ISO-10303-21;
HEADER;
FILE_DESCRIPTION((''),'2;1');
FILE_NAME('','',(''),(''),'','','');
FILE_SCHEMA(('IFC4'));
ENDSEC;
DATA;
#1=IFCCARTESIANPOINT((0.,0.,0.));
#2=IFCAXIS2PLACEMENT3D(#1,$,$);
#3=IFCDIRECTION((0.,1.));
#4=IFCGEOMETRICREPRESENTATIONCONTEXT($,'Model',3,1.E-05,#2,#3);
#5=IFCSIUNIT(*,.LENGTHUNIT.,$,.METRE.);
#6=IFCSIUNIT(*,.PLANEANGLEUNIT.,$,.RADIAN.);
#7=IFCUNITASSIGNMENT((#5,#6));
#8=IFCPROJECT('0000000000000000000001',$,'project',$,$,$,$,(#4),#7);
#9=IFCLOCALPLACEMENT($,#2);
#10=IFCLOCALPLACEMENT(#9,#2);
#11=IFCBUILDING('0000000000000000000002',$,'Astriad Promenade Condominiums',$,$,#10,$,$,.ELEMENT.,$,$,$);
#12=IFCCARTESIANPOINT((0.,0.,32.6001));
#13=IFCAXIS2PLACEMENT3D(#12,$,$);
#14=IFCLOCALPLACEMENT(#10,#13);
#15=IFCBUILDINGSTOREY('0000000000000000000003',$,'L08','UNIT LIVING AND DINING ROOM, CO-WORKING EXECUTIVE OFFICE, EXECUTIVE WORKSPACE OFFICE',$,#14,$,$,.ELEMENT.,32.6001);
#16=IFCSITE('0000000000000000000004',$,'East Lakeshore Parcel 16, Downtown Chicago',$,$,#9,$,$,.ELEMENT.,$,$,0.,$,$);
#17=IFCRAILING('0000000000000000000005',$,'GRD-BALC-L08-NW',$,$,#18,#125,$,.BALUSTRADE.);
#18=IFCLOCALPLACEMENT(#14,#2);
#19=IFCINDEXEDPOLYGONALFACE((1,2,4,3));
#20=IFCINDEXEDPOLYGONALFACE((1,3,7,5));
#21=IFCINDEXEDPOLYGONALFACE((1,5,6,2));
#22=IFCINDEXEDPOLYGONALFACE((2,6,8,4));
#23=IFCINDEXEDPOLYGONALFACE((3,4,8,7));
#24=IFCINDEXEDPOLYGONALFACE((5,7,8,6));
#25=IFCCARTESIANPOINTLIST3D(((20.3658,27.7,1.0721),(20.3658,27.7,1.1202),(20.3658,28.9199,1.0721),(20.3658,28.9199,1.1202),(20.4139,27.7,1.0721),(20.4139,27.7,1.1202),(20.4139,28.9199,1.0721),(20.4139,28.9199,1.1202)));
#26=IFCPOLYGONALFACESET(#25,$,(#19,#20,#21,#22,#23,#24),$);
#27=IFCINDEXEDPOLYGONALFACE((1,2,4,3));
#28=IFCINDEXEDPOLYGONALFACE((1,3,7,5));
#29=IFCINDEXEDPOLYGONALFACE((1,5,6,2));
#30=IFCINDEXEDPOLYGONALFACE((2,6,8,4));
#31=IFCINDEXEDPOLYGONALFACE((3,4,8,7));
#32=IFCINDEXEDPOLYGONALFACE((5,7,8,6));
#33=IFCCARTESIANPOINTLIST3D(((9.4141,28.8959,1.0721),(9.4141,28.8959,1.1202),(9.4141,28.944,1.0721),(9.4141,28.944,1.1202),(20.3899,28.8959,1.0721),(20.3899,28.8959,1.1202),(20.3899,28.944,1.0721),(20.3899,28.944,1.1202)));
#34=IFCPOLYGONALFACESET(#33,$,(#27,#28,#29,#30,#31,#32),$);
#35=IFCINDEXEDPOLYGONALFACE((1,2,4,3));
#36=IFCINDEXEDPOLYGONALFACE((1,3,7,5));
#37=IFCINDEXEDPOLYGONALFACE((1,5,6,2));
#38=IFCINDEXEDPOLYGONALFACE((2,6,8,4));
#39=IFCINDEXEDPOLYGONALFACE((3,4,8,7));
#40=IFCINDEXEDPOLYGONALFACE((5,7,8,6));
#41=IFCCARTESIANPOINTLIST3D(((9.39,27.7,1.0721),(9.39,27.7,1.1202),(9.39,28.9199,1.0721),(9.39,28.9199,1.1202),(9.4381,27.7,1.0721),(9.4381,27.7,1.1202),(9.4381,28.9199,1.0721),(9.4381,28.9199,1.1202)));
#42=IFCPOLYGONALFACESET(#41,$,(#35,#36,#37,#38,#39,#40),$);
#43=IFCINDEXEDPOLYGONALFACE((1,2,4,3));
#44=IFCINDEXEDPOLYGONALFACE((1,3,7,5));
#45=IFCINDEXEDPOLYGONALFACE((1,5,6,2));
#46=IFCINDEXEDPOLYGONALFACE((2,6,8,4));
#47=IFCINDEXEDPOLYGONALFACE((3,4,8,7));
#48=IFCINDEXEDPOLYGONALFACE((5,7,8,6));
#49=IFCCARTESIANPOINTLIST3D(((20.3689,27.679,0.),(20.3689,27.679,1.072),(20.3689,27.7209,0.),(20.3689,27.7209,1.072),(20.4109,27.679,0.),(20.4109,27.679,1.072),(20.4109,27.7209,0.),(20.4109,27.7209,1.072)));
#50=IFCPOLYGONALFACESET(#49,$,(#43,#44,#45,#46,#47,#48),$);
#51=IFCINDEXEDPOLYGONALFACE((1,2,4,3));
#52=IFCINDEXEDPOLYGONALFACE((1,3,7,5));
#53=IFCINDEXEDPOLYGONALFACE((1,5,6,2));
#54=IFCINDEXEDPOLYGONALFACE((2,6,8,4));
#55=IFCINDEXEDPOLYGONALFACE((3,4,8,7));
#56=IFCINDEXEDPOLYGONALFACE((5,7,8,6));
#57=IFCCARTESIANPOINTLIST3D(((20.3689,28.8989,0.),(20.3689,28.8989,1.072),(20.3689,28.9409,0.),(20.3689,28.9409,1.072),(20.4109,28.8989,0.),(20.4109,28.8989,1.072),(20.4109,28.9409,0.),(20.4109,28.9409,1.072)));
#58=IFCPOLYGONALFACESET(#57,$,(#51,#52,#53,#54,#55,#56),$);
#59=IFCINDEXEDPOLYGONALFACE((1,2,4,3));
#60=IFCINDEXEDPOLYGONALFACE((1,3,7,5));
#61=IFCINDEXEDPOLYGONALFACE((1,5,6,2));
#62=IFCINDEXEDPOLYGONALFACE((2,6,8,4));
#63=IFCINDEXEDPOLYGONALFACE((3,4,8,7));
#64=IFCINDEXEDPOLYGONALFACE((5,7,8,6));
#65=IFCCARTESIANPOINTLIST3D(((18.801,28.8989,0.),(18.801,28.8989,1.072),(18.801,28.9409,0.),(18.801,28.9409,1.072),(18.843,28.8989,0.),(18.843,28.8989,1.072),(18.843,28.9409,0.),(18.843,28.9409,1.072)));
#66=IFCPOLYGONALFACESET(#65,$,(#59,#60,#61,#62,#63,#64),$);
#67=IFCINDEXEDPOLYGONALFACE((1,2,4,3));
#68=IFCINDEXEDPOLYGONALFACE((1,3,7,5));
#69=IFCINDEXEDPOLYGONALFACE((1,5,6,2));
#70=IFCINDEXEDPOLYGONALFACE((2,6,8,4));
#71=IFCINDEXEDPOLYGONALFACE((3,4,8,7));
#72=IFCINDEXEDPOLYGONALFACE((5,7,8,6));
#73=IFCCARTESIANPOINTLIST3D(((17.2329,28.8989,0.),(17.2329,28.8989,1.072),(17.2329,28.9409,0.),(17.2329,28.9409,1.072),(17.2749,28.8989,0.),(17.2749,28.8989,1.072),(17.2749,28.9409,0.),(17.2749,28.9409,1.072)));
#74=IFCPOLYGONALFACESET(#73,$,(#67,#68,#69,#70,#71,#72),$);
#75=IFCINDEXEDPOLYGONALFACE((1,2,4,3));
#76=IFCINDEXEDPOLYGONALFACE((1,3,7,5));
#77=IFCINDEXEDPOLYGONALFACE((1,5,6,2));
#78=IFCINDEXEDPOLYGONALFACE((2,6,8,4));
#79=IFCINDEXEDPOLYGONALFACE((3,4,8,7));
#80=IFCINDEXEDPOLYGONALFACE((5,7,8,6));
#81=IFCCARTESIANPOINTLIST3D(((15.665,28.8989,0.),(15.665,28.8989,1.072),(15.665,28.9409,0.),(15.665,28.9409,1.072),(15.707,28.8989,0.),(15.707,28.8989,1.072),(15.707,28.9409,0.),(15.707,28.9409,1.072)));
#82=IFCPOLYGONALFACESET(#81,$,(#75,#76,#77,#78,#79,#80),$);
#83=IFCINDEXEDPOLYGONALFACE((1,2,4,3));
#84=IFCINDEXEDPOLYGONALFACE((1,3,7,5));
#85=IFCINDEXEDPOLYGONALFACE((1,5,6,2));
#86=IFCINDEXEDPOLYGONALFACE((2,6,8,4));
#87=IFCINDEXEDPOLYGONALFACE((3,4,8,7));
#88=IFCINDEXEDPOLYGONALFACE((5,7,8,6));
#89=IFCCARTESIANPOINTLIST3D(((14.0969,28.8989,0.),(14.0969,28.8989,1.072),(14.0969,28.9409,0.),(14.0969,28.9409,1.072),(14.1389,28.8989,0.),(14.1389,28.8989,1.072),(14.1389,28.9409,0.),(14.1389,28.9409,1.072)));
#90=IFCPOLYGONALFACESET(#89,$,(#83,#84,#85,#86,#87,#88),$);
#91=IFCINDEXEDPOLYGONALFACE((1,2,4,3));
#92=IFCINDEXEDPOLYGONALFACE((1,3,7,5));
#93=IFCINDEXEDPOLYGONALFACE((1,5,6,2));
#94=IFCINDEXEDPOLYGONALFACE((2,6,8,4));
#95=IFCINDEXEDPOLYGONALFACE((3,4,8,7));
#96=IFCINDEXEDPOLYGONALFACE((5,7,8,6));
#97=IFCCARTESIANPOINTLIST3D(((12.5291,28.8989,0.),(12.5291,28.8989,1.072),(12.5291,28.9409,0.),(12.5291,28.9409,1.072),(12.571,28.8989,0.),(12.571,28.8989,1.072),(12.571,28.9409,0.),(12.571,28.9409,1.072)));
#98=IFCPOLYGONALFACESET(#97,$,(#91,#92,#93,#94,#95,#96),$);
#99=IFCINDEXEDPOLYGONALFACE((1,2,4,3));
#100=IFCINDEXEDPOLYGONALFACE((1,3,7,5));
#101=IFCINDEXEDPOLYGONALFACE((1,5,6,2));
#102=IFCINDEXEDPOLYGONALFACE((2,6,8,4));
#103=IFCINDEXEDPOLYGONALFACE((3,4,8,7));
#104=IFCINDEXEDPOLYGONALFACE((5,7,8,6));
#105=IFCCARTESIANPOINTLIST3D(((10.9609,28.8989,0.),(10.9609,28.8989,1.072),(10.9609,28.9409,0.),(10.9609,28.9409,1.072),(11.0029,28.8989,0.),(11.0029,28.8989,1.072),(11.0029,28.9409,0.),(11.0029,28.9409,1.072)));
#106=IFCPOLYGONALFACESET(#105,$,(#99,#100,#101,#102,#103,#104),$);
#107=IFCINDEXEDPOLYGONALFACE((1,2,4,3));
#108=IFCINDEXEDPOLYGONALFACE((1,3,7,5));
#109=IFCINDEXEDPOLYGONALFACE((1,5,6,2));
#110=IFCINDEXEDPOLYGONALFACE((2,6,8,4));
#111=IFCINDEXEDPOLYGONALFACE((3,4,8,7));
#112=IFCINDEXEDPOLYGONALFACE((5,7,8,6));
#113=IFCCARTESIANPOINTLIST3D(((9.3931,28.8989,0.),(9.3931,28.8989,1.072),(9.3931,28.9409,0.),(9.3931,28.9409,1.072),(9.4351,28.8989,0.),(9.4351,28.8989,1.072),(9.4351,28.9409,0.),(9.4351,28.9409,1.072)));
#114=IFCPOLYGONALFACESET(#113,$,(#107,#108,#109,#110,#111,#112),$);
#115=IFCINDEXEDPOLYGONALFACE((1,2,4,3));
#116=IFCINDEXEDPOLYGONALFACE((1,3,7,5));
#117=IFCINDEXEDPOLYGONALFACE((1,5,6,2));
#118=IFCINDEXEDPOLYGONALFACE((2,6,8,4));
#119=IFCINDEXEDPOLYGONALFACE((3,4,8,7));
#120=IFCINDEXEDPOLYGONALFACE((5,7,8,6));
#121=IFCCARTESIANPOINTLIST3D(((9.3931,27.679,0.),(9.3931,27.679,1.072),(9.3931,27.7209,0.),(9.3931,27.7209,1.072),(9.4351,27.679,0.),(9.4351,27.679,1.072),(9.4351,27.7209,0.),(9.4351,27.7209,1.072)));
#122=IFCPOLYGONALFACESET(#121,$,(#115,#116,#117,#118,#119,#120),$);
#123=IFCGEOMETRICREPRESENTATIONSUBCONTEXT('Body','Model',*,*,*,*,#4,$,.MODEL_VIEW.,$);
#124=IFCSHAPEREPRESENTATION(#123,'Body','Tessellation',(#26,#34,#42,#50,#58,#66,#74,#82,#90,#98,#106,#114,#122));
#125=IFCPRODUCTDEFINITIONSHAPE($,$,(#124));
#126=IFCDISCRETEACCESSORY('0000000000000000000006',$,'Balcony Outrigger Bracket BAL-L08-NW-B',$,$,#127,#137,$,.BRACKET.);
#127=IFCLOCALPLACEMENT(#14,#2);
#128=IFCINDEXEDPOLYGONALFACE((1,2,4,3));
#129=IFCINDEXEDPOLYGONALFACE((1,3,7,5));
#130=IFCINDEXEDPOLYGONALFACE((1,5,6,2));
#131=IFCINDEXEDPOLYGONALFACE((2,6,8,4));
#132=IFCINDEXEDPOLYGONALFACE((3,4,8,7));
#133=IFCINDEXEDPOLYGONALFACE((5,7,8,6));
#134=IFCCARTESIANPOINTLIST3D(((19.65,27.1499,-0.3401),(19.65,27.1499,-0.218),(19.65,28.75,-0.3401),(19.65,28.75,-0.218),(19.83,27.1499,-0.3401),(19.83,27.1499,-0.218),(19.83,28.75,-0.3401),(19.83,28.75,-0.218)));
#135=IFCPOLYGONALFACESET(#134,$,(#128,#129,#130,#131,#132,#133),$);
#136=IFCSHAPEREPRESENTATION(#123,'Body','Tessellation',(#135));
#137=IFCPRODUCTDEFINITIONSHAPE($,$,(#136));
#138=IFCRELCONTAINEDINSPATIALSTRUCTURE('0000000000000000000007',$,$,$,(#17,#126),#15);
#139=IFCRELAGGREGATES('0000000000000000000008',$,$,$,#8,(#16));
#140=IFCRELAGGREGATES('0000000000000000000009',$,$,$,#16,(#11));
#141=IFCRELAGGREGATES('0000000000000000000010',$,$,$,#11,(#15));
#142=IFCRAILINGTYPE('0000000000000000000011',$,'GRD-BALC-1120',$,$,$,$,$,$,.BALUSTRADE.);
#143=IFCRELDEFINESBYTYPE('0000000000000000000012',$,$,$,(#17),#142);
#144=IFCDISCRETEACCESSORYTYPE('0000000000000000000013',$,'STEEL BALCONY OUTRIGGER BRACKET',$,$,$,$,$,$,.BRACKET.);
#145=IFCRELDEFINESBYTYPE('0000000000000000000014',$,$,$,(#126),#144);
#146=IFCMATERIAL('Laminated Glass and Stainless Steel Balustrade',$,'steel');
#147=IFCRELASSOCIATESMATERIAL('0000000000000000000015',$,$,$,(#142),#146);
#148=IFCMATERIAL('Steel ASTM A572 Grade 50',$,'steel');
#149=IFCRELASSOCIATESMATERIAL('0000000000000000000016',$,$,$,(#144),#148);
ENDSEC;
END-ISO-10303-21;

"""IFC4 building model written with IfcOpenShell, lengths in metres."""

from ifc_helpers import new_model, si_unit, direction, frame, origin, origin_2d, place, context, subcontext, project, spatial, rectangle, extrude, source, transform, mapped, material, type_object, type_shapes, element, save


model = new_model("IFC4")

# Units and contexts
model_context = context("Model", 3, precision=1e-05, world=origin(), true_north=direction((0.0, 1.0)))
body_context = subcontext(model_context, "Body", "Model", "MODEL_VIEW")
ifc_project = project(units=[si_unit("LENGTHUNIT", "METRE"), si_unit("PLANEANGLEUNIT", "RADIAN")], contexts=[model_context])

# Site, building, storey
site_placement = place(None, origin())
site = spatial("IfcSite", under=ifc_project, at=site_placement, Name="East Lakeshore Parcel 16, Downtown Chicago", CompositionType="ELEMENT", RefElevation=0.0)
building_placement = place(site_placement, origin())
building = spatial("IfcBuilding", under=site, at=building_placement, Name="Astriad Promenade Condominiums", CompositionType="ELEMENT")
storey_placement = place(building_placement, frame((0.0, 0.0, 32.6001)))
storey = spatial("IfcBuildingStorey", under=building, at=storey_placement, Name="L08", Description="UNIT LIVING AND DINING ROOM, CO-WORKING EXECUTIVE OFFICE, EXECUTIVE WORKSPACE OFFICE", CompositionType="ELEMENT", Elevation=32.6001)

# Railing
ifc_material_1 = material(Name="Laminated Glass and Stainless Steel Balustrade", Category="steel")
railing_type = type_object("IfcRailingType", Name="GRD-BALC-1120", PredefinedType="BALUSTRADE", material=ifc_material_1)
shared_shape_1 = source(origin(), body_context, "Body", "SweptSolid", [
    extrude(rectangle(XDim=0.0481, YDim=0.0481, at=origin_2d()), frame((0.0, 0.0, 1.0962), z_axis=(0.0, 1.0, 0.0), x_axis=(-1.0, 0.0, 0.0)), (0.0, 0.0, 1.0), 1.22),
    extrude(rectangle(XDim=0.0481, YDim=0.0481, at=origin_2d()), frame((0.0, 1.22, 1.0962), z_axis=(-1.0, 0.0, 0.0), x_axis=(0.0, -1.0, 0.0)), (0.0, 0.0, 1.0), 10.9758),
    extrude(rectangle(XDim=0.0481, YDim=0.0481, at=origin_2d()), frame((-10.9758, 1.22, 1.0962), z_axis=(0.0, -1.0, 0.0), x_axis=(1.0, 0.0, 0.0)), (0.0, 0.0, 1.0), 1.22),
    extrude(rectangle(XDim=0.042, YDim=0.042, at=origin_2d()), origin(), (0.0, 0.0, 1.0), 1.072),
    extrude(rectangle(XDim=0.042, YDim=0.042, at=origin_2d()), frame((0.0, 1.22, 0.0)), (0.0, 0.0, 1.0), 1.072),
    extrude(rectangle(XDim=0.042, YDim=0.042, at=origin_2d()), frame((-1.5679, 1.22, 0.0)), (0.0, 0.0, 1.0), 1.072),
    extrude(rectangle(XDim=0.042, YDim=0.042, at=origin_2d()), frame((-3.136, 1.22, 0.0)), (0.0, 0.0, 1.0), 1.072),
    extrude(rectangle(XDim=0.042, YDim=0.042, at=origin_2d()), frame((-4.7039, 1.22, 0.0)), (0.0, 0.0, 1.0), 1.072),
    extrude(rectangle(XDim=0.042, YDim=0.042, at=origin_2d()), frame((-6.272, 1.22, 0.0)), (0.0, 0.0, 1.0), 1.072),
    extrude(rectangle(XDim=0.042, YDim=0.042, at=origin_2d()), frame((-7.8398, 1.22, 0.0)), (0.0, 0.0, 1.0), 1.072),
    extrude(rectangle(XDim=0.042, YDim=0.042, at=origin_2d()), frame((-9.408, 1.22, 0.0)), (0.0, 0.0, 1.0), 1.072),
    extrude(rectangle(XDim=0.042, YDim=0.042, at=origin_2d()), frame((-10.9758, 1.22, 0.0)), (0.0, 0.0, 1.0), 1.072),
    extrude(rectangle(XDim=0.042, YDim=0.042, at=origin_2d()), frame((-10.9758, 0.0, 0.0)), (0.0, 0.0, 1.0), 1.072),
])
type_shapes(railing_type, [shared_shape_1])
railing_placement = place(storey_placement, frame((20.3899, 27.7, 0.0)))
element("IfcRailing", 1, at=railing_placement, inside=storey, type_object=railing_type, Name="GRD-BALC-L08-NW", PredefinedType="BALUSTRADE", context=body_context, shape_type="MappedRepresentation", body=[
    mapped(shared_shape_1, transform((0.0, 0.0, 0.0), scale=1.0)),
])

# Discrete accessory
ifc_material_2 = material(Name="Steel ASTM A572 Grade 50", Category="steel")
discrete_accessory_type = type_object("IfcDiscreteAccessoryType", Name="STEEL BALCONY OUTRIGGER BRACKET", PredefinedType="BRACKET", material=ifc_material_2)
shared_shape_2 = source(origin(), body_context, "Body", "SweptSolid", [
    extrude(rectangle(XDim=1.6001, YDim=0.1799, at=origin_2d()), origin(), (0.0, 0.0, 1.0), 0.1221),
])
type_shapes(discrete_accessory_type, [shared_shape_2])
discrete_accessory_placement = place(storey_placement, frame((19.74, 27.95, -0.3401), z_axis=(0.0, 0.0, 1.0), x_axis=(0.0, 1.0, 0.0)))
element("IfcDiscreteAccessory", 2, at=discrete_accessory_placement, inside=storey, type_object=discrete_accessory_type, Name="Balcony Outrigger Bracket BAL-L08-NW-B", PredefinedType="BRACKET", context=body_context, shape_type="MappedRepresentation", body=[
    mapped(shared_shape_2, transform((0.0, 0.0, 0.0), scale=1.0)),
])

save(model, "model.ifc")
